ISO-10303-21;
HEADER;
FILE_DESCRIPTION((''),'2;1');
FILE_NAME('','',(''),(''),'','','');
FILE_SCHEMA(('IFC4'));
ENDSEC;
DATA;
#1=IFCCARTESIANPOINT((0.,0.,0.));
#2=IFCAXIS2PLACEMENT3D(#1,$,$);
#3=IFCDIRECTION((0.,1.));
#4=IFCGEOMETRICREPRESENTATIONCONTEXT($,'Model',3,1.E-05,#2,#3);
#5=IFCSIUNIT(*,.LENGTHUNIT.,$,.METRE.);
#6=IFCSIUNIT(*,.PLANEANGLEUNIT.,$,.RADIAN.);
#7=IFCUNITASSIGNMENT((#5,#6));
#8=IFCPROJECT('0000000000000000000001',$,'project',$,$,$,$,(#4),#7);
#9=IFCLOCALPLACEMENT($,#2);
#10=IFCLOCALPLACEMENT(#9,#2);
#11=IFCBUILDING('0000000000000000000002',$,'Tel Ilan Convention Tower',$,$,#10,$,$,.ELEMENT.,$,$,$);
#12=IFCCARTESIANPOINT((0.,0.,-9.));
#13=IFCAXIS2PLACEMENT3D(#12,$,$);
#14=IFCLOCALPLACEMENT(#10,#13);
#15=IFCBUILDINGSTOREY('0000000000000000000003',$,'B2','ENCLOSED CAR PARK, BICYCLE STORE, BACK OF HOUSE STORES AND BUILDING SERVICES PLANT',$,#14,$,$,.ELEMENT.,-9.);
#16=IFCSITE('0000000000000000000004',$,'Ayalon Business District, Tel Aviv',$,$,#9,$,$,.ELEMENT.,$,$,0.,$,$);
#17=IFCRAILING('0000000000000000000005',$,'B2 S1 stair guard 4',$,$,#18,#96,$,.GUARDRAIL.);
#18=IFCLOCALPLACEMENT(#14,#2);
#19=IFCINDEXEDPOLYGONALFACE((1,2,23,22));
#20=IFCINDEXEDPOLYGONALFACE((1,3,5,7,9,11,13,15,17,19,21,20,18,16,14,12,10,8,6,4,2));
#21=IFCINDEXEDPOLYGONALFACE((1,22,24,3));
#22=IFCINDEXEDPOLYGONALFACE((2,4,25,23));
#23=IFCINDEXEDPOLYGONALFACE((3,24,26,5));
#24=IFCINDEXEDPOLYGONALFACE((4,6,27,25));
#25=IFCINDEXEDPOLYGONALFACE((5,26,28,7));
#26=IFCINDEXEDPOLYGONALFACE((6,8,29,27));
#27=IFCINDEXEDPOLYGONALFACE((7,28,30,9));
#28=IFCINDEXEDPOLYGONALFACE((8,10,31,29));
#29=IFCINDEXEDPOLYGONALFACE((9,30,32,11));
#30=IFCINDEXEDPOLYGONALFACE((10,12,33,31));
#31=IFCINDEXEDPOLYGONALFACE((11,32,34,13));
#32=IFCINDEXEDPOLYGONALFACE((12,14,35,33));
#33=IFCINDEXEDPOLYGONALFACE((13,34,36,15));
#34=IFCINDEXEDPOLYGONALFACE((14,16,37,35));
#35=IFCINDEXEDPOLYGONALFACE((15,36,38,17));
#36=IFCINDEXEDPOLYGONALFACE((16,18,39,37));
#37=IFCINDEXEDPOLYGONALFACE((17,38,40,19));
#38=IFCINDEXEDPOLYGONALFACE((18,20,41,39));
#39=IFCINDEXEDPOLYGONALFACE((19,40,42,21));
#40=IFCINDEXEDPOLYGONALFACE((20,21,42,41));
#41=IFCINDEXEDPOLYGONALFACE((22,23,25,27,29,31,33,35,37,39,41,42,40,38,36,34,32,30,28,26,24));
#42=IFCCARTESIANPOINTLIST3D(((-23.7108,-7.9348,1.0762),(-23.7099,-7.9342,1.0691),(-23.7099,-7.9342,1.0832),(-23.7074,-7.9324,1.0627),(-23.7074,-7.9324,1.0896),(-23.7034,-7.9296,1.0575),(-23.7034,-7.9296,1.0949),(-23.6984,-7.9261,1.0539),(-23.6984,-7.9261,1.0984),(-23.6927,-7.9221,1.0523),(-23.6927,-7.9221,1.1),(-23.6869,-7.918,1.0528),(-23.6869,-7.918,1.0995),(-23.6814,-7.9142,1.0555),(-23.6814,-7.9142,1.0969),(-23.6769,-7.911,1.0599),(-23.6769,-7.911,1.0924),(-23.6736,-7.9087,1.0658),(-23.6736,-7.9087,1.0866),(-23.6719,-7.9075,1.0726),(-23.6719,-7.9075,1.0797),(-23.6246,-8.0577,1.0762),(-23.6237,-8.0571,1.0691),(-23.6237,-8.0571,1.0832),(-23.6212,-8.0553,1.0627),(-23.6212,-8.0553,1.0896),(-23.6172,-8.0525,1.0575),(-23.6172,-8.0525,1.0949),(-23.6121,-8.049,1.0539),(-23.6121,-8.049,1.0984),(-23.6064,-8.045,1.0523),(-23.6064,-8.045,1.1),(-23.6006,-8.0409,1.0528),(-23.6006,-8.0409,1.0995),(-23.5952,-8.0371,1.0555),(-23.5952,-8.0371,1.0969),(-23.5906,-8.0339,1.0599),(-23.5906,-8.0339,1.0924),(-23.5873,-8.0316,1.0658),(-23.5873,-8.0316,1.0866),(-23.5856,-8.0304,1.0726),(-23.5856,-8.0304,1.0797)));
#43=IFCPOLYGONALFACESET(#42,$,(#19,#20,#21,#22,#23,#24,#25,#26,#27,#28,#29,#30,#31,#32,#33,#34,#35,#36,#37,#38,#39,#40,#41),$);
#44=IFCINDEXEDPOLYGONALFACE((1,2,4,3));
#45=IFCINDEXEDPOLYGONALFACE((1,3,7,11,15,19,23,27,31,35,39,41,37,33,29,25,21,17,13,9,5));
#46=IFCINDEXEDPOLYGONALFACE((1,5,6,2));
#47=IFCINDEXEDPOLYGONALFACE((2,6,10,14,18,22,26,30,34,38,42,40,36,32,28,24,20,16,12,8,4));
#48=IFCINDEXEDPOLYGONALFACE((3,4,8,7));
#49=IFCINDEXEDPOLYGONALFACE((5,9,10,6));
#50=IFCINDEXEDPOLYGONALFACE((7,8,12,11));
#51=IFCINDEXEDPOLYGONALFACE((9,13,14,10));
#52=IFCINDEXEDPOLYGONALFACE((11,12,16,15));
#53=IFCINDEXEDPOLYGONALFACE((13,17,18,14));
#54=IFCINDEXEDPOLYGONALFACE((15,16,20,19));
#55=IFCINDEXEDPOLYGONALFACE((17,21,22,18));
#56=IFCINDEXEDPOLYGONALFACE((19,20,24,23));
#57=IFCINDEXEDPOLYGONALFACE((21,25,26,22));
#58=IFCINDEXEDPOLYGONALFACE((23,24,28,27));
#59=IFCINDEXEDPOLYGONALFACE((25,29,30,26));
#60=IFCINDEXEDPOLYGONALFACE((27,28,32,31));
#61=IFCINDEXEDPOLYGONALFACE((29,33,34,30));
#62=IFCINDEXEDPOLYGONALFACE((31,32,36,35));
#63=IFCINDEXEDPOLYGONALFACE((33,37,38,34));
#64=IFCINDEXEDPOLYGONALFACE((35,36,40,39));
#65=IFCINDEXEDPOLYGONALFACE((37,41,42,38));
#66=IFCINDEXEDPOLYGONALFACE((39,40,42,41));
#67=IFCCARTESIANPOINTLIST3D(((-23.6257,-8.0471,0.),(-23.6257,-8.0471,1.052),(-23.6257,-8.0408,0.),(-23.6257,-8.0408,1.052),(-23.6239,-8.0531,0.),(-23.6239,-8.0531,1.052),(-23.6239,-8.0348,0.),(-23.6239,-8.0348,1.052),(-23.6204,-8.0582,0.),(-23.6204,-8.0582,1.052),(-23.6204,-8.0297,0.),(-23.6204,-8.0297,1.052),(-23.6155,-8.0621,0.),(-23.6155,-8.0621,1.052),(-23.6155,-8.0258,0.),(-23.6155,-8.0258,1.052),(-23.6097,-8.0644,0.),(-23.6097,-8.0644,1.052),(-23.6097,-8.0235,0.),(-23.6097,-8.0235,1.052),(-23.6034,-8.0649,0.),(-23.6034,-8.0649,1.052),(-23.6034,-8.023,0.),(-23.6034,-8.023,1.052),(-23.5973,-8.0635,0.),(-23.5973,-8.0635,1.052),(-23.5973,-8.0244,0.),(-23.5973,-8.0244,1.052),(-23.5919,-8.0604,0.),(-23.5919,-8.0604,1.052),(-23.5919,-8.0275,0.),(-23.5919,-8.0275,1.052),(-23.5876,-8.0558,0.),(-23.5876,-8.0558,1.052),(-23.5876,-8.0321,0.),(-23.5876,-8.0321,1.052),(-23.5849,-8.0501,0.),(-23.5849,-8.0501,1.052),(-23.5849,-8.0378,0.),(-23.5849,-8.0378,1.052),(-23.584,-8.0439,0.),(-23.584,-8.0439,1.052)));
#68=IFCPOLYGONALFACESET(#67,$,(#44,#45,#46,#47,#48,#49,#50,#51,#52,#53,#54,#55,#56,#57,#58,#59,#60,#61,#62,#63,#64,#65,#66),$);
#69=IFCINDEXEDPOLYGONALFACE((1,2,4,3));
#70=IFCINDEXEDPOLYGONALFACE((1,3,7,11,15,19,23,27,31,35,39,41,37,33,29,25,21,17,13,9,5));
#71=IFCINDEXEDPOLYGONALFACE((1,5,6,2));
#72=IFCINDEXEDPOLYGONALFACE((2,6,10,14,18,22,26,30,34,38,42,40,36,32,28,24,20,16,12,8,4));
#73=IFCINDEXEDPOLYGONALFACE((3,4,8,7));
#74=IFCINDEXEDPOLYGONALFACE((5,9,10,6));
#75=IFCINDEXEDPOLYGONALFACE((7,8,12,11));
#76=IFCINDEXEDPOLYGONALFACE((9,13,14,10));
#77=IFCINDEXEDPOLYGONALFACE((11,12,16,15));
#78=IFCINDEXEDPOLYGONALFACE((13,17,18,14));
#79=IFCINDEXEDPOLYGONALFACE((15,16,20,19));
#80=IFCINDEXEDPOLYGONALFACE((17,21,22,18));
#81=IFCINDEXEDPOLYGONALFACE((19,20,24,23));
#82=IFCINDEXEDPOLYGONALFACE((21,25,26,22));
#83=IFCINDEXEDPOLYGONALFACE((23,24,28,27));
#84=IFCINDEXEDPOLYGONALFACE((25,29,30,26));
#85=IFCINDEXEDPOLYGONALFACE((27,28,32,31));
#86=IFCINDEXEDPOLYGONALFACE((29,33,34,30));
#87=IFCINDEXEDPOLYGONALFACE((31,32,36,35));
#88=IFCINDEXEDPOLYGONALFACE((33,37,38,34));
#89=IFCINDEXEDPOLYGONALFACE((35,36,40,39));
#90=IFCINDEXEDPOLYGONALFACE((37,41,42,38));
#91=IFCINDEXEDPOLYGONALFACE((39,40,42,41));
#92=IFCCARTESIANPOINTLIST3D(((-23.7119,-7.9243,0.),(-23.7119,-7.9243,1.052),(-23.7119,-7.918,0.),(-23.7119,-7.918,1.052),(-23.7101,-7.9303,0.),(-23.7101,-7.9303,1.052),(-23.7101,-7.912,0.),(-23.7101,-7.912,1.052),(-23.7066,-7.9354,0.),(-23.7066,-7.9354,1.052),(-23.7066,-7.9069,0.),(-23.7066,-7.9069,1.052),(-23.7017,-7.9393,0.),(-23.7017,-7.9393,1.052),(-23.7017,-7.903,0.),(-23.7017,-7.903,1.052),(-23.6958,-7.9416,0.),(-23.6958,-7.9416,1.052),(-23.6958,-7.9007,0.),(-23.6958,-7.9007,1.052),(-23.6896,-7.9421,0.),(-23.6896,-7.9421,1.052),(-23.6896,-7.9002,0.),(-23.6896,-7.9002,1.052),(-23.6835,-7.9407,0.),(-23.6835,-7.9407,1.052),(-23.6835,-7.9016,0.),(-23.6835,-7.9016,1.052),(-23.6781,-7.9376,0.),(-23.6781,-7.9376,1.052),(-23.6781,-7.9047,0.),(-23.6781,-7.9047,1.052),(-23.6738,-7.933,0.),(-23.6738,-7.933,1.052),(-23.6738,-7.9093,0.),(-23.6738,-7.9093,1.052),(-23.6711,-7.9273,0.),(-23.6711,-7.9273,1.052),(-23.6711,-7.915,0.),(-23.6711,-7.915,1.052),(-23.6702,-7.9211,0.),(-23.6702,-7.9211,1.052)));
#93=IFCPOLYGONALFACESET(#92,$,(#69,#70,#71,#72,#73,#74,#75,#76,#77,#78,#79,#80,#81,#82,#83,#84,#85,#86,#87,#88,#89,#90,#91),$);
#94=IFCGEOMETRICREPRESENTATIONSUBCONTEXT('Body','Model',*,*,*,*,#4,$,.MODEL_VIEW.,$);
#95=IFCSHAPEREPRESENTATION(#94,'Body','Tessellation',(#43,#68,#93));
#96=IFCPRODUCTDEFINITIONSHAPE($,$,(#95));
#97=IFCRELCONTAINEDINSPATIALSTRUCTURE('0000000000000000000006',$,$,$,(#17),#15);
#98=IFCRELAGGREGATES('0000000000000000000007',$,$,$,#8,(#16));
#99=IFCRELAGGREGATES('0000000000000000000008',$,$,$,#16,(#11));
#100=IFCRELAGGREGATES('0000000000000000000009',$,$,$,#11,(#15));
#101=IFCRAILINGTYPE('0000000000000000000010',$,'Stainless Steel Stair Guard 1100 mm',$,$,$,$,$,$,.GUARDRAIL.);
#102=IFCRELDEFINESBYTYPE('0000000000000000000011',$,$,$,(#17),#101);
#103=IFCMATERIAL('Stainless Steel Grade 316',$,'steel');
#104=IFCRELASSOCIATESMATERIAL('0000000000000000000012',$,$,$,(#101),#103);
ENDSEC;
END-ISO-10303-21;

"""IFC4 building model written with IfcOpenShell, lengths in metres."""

from ifc_helpers import new_model, si_unit, direction, frame, origin, origin_2d, place, context, subcontext, project, spatial, circle, extrude, material, type_object, element, save


model = new_model("IFC4")

# Units and contexts
model_context = context("Model", 3, precision=1e-05, world=origin(), true_north=direction((0.0, 1.0)))
body_context = subcontext(model_context, "Body", "Model", "MODEL_VIEW")
ifc_project = project(units=[si_unit("LENGTHUNIT", "METRE"), si_unit("PLANEANGLEUNIT", "RADIAN")], contexts=[model_context])

# Site, building, storey
site_placement = place(None, origin())
site = spatial("IfcSite", under=ifc_project, at=site_placement, Name="Ayalon Business District, Tel Aviv", CompositionType="ELEMENT", RefElevation=0.0)
building_placement = place(site_placement, origin())
building = spatial("IfcBuilding", under=site, at=building_placement, Name="Tel Ilan Convention Tower", CompositionType="ELEMENT")
storey_placement = place(building_placement, frame((0.0, 0.0, -9.0)))
storey = spatial("IfcBuildingStorey", under=building, at=storey_placement, Name="B2", Description="ENCLOSED CAR PARK, BICYCLE STORE, BACK OF HOUSE STORES AND BUILDING SERVICES PLANT", CompositionType="ELEMENT", Elevation=-9.0)

# Railing
ifc_material_1 = material(Name="Stainless Steel Grade 316", Category="steel")
railing_type = type_object("IfcRailingType", Name="Stainless Steel Stair Guard 1100 mm", PredefinedType="GUARDRAIL", material=ifc_material_1)
railing_1_placement = place(storey_placement, frame((-23.605, -8.0439, 0.0)))
element("IfcRailing", 1, at=railing_1_placement, inside=storey, type_object=railing_type, Name="B2 S1 stair guard 4", PredefinedType="GUARDRAIL", context=body_context, shape_type="SweptSolid", body=[
    extrude(circle(Radius=0.0239, at=origin_2d()), frame((0.0, 0.0, 1.0762), z_axis=(-0.574445, 0.818543, 0.0), x_axis=(-0.818543, -0.574445, 0.0)), (0.0, 0.0, 1.0), 0.1501),
    extrude(circle(Radius=0.021, at=origin_2d()), origin(), (0.0, 0.0, 1.0), 1.052),
    extrude(circle(Radius=0.021, at=origin_2d()), frame((-0.0862, 0.1228, 0.0)), (0.0, 0.0, 1.0), 1.052),
])

save(model, "model.ifc")
